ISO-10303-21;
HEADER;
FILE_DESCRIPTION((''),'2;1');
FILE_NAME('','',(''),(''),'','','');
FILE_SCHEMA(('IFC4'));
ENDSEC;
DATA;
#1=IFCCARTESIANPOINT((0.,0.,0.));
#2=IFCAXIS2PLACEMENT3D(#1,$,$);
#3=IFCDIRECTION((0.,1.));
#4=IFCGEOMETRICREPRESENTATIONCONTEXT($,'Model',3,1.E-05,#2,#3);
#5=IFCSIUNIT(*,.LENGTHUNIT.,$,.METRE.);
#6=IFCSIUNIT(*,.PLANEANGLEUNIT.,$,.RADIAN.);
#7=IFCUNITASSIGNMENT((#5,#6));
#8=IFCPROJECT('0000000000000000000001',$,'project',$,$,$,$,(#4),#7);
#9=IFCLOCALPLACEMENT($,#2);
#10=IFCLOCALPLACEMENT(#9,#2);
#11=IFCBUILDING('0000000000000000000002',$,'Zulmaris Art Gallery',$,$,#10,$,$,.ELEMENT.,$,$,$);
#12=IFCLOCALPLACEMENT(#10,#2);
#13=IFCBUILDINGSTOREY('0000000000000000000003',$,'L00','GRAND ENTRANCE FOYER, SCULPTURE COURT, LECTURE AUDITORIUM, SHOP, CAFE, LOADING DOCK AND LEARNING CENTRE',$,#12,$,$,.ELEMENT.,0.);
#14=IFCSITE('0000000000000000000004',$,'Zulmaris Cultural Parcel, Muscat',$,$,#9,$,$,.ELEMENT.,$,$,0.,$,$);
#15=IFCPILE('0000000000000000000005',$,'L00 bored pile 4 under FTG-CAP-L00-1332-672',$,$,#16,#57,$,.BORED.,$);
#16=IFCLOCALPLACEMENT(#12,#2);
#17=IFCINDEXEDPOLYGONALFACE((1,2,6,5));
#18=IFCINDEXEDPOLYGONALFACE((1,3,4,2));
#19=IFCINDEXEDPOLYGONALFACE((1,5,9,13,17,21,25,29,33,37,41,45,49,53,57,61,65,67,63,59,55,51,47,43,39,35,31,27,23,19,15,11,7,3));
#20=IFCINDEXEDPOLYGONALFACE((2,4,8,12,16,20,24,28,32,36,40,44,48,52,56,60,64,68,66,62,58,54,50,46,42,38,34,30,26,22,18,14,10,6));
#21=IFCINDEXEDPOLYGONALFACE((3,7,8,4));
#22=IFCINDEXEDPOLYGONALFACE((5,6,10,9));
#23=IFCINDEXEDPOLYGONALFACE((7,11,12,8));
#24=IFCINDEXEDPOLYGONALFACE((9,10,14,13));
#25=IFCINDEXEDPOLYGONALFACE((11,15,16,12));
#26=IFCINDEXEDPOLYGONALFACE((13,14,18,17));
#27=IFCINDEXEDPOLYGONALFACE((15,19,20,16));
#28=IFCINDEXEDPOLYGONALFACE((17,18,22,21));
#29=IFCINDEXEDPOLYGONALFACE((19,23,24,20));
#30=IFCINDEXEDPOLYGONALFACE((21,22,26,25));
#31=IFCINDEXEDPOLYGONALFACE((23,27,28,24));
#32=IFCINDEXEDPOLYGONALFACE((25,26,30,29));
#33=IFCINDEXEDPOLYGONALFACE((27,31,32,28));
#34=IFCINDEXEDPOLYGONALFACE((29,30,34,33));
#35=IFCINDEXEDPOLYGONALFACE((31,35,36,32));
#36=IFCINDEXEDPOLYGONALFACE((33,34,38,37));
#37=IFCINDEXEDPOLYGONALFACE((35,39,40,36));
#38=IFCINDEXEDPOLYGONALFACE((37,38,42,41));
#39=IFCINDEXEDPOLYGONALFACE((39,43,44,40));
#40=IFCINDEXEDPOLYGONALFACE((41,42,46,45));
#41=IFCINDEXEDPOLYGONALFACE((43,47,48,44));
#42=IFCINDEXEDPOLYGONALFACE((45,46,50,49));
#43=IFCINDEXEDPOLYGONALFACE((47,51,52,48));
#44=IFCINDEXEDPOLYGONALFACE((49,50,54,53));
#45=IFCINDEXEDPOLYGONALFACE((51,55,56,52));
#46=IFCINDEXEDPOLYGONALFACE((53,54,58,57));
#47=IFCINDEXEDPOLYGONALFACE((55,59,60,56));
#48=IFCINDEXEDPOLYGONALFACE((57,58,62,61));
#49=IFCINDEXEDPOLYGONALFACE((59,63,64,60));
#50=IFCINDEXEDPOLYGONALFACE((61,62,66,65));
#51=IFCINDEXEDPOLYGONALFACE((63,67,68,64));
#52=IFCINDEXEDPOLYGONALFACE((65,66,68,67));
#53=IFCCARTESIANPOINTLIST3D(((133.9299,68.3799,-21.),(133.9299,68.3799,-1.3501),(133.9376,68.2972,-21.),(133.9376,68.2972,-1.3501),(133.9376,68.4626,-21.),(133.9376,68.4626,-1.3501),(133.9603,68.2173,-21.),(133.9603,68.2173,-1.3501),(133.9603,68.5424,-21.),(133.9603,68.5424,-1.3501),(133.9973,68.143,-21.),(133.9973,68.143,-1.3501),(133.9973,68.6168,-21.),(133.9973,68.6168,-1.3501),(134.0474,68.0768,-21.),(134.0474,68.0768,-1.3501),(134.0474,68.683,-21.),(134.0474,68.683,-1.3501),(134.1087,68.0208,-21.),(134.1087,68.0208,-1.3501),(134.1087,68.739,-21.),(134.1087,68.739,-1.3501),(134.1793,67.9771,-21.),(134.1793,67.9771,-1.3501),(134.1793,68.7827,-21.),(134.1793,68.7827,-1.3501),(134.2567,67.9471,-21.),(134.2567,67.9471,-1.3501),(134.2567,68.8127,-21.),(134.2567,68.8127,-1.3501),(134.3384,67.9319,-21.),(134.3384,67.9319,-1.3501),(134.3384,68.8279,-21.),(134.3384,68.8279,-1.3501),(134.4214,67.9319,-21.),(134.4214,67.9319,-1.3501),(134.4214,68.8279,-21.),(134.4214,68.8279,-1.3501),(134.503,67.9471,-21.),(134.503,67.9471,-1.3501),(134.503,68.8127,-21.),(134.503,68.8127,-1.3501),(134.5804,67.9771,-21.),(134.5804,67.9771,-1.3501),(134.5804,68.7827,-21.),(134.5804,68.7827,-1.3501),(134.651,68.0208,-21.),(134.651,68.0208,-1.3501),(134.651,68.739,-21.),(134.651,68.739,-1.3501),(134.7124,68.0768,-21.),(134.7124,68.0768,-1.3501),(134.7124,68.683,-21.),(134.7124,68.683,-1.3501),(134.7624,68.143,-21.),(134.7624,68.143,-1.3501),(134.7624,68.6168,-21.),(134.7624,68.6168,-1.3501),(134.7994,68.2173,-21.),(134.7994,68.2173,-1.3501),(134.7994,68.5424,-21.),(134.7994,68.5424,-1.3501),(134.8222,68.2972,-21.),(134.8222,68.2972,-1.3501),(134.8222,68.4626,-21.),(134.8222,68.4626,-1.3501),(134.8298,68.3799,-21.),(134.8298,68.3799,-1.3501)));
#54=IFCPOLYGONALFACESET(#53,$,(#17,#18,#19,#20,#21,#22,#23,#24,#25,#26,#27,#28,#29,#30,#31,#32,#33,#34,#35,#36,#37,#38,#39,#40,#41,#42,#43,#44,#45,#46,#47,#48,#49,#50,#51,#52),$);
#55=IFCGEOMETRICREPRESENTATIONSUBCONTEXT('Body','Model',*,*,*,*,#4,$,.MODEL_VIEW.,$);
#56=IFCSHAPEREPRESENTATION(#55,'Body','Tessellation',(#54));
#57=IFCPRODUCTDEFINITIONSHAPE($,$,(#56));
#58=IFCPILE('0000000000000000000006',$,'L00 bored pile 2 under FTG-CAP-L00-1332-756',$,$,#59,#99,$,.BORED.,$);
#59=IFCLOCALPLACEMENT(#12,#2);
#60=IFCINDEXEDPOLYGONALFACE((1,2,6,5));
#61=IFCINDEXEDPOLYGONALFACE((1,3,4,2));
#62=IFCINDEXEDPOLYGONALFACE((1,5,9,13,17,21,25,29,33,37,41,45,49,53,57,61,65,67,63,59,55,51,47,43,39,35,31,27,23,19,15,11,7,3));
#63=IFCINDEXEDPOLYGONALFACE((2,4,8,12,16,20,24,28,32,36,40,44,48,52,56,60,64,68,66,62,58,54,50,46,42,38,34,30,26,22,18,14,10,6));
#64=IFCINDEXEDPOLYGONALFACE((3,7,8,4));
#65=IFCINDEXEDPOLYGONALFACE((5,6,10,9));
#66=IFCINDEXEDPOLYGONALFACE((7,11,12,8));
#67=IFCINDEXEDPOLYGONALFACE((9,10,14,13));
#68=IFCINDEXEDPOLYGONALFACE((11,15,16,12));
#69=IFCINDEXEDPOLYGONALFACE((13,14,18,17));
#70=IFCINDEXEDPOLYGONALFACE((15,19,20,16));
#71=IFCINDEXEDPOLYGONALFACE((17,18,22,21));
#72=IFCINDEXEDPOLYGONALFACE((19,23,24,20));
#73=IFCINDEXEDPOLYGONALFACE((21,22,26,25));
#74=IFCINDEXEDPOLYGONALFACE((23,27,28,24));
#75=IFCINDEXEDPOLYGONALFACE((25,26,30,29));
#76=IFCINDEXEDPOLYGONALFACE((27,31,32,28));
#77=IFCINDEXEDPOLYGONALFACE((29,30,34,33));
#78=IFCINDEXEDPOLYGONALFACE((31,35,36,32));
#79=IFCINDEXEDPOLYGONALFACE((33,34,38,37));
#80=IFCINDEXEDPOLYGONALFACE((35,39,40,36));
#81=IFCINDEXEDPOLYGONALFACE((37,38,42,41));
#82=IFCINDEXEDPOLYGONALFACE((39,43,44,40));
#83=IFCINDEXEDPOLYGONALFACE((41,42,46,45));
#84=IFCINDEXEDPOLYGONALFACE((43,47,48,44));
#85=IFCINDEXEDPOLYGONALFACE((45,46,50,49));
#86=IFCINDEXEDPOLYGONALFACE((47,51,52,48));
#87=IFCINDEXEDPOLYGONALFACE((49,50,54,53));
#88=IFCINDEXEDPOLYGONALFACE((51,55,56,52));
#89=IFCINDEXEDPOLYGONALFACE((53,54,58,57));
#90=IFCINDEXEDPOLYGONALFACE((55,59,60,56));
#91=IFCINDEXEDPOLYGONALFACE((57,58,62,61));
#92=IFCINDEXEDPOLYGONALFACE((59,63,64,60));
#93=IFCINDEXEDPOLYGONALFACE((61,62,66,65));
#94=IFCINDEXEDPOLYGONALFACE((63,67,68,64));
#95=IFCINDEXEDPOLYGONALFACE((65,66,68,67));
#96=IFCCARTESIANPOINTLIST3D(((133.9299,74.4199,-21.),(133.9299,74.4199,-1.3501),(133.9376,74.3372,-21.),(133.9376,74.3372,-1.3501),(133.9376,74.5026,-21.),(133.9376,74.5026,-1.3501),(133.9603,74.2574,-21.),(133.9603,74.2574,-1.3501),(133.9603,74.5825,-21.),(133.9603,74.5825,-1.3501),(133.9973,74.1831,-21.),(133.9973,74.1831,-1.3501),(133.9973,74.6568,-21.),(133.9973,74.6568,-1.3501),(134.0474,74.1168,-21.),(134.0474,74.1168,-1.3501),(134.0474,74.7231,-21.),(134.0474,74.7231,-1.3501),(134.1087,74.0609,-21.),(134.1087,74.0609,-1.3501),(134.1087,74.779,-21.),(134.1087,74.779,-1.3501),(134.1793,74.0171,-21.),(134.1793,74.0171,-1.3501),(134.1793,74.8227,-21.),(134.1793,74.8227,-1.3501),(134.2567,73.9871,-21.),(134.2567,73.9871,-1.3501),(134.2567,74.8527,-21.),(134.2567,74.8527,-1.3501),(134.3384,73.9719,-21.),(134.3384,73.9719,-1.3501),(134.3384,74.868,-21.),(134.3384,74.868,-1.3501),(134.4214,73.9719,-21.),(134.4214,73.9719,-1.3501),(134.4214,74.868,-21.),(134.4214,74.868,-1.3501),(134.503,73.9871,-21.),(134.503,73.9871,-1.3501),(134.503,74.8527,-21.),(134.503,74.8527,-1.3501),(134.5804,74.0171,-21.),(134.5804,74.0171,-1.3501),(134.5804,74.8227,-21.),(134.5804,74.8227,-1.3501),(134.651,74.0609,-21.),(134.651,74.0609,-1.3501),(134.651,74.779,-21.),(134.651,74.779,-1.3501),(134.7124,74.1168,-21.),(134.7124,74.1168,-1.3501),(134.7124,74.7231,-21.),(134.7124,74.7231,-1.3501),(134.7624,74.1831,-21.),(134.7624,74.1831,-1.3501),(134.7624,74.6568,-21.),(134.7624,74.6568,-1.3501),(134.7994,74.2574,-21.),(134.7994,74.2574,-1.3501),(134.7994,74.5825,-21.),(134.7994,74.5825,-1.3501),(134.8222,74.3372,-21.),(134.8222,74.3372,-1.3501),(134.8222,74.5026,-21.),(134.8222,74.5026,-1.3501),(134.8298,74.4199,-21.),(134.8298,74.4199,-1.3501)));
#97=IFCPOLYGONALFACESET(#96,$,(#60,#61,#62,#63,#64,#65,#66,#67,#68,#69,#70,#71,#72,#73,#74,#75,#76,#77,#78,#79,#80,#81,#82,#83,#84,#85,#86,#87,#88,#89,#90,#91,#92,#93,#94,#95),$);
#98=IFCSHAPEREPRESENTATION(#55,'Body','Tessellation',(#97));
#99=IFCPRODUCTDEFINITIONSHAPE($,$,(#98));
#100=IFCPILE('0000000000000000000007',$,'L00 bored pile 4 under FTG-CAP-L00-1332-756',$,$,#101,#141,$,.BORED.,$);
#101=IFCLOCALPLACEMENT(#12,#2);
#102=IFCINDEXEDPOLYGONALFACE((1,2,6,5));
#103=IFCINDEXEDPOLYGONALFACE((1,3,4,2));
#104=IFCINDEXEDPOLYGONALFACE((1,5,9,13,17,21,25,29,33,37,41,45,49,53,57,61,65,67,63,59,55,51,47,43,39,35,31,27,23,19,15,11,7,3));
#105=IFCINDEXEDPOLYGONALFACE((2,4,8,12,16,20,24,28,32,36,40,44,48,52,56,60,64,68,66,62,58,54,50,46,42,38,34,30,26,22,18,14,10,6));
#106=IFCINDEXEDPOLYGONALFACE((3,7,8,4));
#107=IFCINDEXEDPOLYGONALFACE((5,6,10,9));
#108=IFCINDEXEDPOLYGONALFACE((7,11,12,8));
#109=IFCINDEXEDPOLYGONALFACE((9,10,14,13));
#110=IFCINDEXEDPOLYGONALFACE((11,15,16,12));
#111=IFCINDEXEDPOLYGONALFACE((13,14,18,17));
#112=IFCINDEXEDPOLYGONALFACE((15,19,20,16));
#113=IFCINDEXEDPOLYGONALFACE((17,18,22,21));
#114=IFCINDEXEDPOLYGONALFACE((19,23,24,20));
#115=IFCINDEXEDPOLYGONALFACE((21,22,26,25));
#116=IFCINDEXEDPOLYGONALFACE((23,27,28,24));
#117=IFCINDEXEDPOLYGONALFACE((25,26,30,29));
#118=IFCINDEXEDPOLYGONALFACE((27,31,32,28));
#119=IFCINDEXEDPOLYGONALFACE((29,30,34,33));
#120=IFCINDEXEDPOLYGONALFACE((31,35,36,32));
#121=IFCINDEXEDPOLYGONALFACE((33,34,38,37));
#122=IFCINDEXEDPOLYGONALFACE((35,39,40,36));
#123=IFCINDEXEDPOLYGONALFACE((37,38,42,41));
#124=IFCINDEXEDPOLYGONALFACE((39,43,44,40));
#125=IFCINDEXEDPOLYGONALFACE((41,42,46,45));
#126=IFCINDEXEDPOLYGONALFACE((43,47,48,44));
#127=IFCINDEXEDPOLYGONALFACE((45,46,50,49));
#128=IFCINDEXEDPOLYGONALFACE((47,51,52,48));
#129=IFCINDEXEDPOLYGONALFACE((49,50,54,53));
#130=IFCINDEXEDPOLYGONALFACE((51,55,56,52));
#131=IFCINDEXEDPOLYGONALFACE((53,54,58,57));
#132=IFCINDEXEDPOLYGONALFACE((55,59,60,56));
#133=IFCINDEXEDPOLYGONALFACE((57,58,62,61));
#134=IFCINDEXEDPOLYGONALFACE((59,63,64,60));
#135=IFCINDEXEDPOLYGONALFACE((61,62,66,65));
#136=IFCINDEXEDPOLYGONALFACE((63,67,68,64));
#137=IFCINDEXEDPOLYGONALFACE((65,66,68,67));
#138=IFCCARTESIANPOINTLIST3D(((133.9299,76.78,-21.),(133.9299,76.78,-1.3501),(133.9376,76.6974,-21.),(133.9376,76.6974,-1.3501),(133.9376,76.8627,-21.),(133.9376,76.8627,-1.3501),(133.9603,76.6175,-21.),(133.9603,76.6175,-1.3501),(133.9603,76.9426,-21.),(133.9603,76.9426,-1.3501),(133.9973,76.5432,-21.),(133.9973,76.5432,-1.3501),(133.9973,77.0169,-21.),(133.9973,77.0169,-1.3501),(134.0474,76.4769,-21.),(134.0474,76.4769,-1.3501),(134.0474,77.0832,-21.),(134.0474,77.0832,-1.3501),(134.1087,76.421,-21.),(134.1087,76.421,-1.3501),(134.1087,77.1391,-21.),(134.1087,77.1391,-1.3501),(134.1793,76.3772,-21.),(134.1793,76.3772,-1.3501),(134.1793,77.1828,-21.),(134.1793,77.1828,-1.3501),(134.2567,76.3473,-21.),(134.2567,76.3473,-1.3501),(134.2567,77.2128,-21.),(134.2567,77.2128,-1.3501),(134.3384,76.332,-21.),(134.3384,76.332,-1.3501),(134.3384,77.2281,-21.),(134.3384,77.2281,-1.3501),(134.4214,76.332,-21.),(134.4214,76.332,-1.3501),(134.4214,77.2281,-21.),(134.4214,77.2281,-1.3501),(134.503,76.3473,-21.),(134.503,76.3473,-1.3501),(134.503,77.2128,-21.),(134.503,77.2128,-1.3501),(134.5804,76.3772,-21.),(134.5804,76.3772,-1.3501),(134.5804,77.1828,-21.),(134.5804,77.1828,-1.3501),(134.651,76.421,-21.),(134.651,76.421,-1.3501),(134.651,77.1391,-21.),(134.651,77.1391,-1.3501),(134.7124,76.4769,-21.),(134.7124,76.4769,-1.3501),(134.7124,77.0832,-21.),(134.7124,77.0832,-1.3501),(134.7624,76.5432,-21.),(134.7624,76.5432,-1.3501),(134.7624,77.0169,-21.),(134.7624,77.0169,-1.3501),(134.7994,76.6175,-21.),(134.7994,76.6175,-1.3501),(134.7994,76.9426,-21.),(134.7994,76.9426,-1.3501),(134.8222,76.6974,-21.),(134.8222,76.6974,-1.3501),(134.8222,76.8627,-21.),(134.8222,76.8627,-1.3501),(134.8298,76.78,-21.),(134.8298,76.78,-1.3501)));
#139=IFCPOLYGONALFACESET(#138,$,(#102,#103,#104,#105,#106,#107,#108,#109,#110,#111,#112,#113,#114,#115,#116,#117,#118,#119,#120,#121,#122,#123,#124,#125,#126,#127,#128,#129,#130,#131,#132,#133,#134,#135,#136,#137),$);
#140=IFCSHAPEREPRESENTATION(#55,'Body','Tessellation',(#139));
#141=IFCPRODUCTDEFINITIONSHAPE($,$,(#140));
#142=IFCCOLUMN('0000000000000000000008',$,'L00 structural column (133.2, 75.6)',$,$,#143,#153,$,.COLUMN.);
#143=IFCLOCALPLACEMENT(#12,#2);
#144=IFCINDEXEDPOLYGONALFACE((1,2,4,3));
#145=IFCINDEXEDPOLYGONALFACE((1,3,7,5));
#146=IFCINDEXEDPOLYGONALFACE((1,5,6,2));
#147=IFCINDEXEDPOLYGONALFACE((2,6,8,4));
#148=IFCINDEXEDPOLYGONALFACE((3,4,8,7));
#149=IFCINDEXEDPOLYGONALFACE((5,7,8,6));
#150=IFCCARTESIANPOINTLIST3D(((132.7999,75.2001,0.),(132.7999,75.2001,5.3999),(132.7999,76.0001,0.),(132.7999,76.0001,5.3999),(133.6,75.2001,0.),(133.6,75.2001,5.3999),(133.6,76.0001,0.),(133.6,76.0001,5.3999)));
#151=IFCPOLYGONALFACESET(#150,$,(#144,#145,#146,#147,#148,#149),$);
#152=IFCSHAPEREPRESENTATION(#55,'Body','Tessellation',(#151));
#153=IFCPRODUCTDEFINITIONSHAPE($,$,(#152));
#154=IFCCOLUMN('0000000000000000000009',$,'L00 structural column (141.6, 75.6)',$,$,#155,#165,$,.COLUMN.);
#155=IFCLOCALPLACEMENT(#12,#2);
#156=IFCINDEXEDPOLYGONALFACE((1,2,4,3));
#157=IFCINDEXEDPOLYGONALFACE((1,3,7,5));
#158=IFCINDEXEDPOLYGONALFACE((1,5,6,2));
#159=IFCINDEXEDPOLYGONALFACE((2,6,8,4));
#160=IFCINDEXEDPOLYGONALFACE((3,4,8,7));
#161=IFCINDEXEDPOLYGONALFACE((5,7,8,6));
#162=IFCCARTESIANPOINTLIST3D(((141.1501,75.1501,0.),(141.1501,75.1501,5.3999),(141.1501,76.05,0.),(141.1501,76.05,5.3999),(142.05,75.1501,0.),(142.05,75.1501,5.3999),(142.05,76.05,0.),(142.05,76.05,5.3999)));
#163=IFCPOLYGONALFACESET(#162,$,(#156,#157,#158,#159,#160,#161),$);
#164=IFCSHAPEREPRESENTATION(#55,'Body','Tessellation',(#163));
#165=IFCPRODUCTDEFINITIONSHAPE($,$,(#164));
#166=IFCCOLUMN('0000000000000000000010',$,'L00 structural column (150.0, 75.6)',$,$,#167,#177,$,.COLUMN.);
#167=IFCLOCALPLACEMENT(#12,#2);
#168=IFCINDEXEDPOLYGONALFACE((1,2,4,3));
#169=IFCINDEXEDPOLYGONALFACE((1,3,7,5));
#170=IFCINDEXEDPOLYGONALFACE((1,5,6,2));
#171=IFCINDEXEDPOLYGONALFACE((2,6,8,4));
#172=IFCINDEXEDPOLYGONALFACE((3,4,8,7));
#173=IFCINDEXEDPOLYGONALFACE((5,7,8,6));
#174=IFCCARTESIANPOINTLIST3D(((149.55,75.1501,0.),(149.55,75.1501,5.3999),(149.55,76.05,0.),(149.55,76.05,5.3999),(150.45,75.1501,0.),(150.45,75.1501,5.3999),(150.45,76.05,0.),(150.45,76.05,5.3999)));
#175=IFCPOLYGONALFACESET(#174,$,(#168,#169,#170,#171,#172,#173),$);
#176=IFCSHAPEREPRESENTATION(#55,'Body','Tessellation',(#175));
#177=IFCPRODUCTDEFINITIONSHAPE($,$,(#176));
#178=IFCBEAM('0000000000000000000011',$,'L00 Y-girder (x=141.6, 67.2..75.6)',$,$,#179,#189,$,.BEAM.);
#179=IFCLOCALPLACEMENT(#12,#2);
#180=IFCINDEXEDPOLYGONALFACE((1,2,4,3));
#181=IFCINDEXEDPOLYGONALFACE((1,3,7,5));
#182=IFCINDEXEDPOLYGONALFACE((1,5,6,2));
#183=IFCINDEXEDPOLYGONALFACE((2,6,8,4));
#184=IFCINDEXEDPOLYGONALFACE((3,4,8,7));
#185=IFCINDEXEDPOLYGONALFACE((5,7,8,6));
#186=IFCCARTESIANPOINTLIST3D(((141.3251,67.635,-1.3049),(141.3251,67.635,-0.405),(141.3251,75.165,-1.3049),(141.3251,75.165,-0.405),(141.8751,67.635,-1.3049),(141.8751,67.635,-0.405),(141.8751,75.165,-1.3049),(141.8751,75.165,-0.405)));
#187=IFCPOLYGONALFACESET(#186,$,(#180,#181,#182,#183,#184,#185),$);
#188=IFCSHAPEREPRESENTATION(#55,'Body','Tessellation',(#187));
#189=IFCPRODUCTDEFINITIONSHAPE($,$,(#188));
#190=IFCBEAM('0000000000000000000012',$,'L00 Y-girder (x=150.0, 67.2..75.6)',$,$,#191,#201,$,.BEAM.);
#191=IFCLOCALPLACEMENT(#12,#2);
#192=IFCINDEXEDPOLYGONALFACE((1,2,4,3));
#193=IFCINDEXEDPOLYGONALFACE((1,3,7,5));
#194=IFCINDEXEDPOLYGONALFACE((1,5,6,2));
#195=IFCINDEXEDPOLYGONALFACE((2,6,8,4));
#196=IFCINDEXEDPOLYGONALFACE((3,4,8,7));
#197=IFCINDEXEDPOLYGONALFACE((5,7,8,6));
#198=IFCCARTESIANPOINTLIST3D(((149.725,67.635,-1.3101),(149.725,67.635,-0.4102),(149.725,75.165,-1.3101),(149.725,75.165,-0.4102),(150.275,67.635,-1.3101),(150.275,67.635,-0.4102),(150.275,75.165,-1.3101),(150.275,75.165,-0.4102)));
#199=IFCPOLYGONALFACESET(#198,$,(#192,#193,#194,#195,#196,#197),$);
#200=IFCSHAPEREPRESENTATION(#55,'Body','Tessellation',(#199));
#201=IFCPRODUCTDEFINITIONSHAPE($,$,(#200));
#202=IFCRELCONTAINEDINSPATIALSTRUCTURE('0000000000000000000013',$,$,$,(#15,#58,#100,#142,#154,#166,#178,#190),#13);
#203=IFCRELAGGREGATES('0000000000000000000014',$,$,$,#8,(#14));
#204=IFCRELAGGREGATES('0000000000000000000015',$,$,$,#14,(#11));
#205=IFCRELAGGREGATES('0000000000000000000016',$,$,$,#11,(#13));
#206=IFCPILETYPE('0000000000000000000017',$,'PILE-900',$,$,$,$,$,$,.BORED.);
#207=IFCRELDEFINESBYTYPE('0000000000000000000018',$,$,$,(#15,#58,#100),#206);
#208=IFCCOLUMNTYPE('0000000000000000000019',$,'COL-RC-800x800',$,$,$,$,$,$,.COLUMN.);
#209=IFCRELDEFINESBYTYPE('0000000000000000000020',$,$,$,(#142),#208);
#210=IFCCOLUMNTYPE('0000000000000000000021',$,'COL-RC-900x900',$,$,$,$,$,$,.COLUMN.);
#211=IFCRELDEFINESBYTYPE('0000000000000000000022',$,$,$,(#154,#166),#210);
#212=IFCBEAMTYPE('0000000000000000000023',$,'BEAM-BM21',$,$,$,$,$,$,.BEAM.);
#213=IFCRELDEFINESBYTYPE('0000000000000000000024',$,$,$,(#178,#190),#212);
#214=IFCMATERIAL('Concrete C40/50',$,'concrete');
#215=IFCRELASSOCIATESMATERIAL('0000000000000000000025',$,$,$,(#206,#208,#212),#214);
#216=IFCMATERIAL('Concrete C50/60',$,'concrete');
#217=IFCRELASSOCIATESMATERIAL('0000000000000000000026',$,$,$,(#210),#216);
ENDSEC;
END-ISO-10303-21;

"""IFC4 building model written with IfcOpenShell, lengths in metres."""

from ifc_helpers import new_model, si_unit, direction, frame, origin, origin_2d, place, context, subcontext, project, spatial, rectangle, circle, extrude, material, material_profile, profile_set, type_object, element, save


model = new_model("IFC4")

# Units and contexts
model_context = context("Model", 3, precision=1e-05, world=origin(), true_north=direction((0.0, 1.0)))
body_context = subcontext(model_context, "Body", "Model", "MODEL_VIEW")
ifc_project = project(units=[si_unit("LENGTHUNIT", "METRE"), si_unit("PLANEANGLEUNIT", "RADIAN")], contexts=[model_context])

# Site, building, storey
site_placement = place(None, origin())
site = spatial("IfcSite", under=ifc_project, at=site_placement, Name="Zulmaris Cultural Parcel, Muscat", CompositionType="ELEMENT", RefElevation=0.0)
building_placement = place(site_placement, origin())
building = spatial("IfcBuilding", under=site, at=building_placement, Name="Zulmaris Art Gallery", CompositionType="ELEMENT")
storey_placement = place(building_placement, origin())
storey = spatial("IfcBuildingStorey", under=building, at=storey_placement, Name="L00", Description="GRAND ENTRANCE FOYER, SCULPTURE COURT, LECTURE AUDITORIUM, SHOP, CAFE, LOADING DOCK AND LEARNING CENTRE", CompositionType="ELEMENT", Elevation=0.0)

# Piles
ifc_material_1 = material(Name="Concrete C40/50", Category="concrete")
ifc_material_profile_1 = material_profile(ifc_material_1, circle(Radius=0.45, at=origin_2d()), Name="PILE DIA 900")
ifc_profile_set_1 = profile_set([ifc_material_profile_1], Name="Concrete C40/50")
pile_type = type_object("IfcPileType", Name="PILE-900", PredefinedType="BORED", material=ifc_profile_set_1)
for number, where, z_axis, x_axis, name in (
    (1, (134.3799, 68.3799, -1.3501), (0.0, 0.0, -1.0), (1.0, 0.0, 0.0), "L00 bored pile 4 under FTG-CAP-L00-1332-672"),
    (2, (134.3799, 74.4199, -1.3501), (0.0, 0.0, -1.0), (1.0, 0.0, 0.0), "L00 bored pile 2 under FTG-CAP-L00-1332-756"),
    (3, (134.3799, 76.78, -1.3501), (0.0, 0.0, -1.0), (1.0, 0.0, 0.0), "L00 bored pile 4 under FTG-CAP-L00-1332-756"),
):
    element("IfcPile", number, at=place(storey_placement, frame(where, z_axis=z_axis, x_axis=x_axis)), inside=storey, type_object=pile_type, Name=name, PredefinedType="BORED", context=body_context, shape_type="SweptSolid", body=[
        extrude(circle(Radius=0.45, at=origin_2d()), origin(), (0.0, 0.0, 1.0), 19.6499),
    ])

# Columns
ifc_material_profile_2 = material_profile(ifc_material_1, rectangle(XDim=0.8, YDim=0.8, at=origin_2d()), Name="RC 800x800")
ifc_profile_set_2 = profile_set([ifc_material_profile_2], Name="Concrete C40/50")
column_type_1 = type_object("IfcColumnType", Name="COL-RC-800x800", PredefinedType="COLUMN", material=ifc_profile_set_2)
column_placement = place(storey_placement, frame((133.2, 75.6001, 0.0), z_axis=(0.0, 0.0, 1.0), x_axis=(1.0, 0.0, 0.0)))
element("IfcColumn", 4, at=column_placement, inside=storey, type_object=column_type_1, Name="L00 structural column (133.2, 75.6)", PredefinedType="COLUMN", context=body_context, shape_type="SweptSolid", body=[
    extrude(rectangle(XDim=0.8, YDim=0.8, at=origin_2d()), origin(), (0.0, 0.0, 1.0), 5.3999),
])
ifc_material_2 = material(Name="Concrete C50/60", Category="concrete")
ifc_material_profile_3 = material_profile(ifc_material_2, rectangle(XDim=0.8999, YDim=0.8999, at=origin_2d()), Name="RC 900x900")
ifc_profile_set_3 = profile_set([ifc_material_profile_3], Name="Concrete C50/60")
column_type_2 = type_object("IfcColumnType", Name="COL-RC-900x900", PredefinedType="COLUMN", material=ifc_profile_set_3)
for number, where, z_axis, x_axis, name in (
    (5, (141.6001, 75.6001, 0.0), (0.0, 0.0, 1.0), (1.0, 0.0, 0.0), "L00 structural column (141.6, 75.6)"),
    (6, (150.0, 75.6001, 0.0), (0.0, 0.0, 1.0), (1.0, 0.0, 0.0), "L00 structural column (150.0, 75.6)"),
):
    element("IfcColumn", number, at=place(storey_placement, frame(where, z_axis=z_axis, x_axis=x_axis)), inside=storey, type_object=column_type_2, Name=name, PredefinedType="COLUMN", context=body_context, shape_type="SweptSolid", body=[
        extrude(rectangle(XDim=0.8999, YDim=0.8999, at=origin_2d()), origin(), (0.0, 0.0, 1.0), 5.3999),
    ])

# Beams
ifc_material_profile_4 = material_profile(ifc_material_1, rectangle(XDim=0.55, YDim=0.8999, at=origin_2d()), Name="RC 550x900")
ifc_profile_set_4 = profile_set([ifc_material_profile_4], Name="Concrete C40/50")
beam_type_1 = type_object("IfcBeamType", Name="BEAM-BM21", PredefinedType="BEAM", material=ifc_profile_set_4)
for number, where, z_axis, x_axis, name in (
    (7, (141.6001, 67.635, -0.855), (0.0, 1.0, 0.0), (-1.0, 0.0, 0.0), "L00 Y-girder (x=141.6, 67.2..75.6)"),
    (8, (150.0, 67.635, -0.8601), (0.0, 1.0, 0.0), (-1.0, 0.0, 0.0), "L00 Y-girder (x=150.0, 67.2..75.6)"),
):
    element("IfcBeam", number, at=place(storey_placement, frame(where, z_axis=z_axis, x_axis=x_axis)), inside=storey, type_object=beam_type_1, Name=name, PredefinedType="BEAM", context=body_context, shape_type="SweptSolid", body=[
        extrude(rectangle(XDim=0.55, YDim=0.8999, at=origin_2d()), origin(), (0.0, 0.0, 1.0), 7.53),
    ])

save(model, "model.ifc")
